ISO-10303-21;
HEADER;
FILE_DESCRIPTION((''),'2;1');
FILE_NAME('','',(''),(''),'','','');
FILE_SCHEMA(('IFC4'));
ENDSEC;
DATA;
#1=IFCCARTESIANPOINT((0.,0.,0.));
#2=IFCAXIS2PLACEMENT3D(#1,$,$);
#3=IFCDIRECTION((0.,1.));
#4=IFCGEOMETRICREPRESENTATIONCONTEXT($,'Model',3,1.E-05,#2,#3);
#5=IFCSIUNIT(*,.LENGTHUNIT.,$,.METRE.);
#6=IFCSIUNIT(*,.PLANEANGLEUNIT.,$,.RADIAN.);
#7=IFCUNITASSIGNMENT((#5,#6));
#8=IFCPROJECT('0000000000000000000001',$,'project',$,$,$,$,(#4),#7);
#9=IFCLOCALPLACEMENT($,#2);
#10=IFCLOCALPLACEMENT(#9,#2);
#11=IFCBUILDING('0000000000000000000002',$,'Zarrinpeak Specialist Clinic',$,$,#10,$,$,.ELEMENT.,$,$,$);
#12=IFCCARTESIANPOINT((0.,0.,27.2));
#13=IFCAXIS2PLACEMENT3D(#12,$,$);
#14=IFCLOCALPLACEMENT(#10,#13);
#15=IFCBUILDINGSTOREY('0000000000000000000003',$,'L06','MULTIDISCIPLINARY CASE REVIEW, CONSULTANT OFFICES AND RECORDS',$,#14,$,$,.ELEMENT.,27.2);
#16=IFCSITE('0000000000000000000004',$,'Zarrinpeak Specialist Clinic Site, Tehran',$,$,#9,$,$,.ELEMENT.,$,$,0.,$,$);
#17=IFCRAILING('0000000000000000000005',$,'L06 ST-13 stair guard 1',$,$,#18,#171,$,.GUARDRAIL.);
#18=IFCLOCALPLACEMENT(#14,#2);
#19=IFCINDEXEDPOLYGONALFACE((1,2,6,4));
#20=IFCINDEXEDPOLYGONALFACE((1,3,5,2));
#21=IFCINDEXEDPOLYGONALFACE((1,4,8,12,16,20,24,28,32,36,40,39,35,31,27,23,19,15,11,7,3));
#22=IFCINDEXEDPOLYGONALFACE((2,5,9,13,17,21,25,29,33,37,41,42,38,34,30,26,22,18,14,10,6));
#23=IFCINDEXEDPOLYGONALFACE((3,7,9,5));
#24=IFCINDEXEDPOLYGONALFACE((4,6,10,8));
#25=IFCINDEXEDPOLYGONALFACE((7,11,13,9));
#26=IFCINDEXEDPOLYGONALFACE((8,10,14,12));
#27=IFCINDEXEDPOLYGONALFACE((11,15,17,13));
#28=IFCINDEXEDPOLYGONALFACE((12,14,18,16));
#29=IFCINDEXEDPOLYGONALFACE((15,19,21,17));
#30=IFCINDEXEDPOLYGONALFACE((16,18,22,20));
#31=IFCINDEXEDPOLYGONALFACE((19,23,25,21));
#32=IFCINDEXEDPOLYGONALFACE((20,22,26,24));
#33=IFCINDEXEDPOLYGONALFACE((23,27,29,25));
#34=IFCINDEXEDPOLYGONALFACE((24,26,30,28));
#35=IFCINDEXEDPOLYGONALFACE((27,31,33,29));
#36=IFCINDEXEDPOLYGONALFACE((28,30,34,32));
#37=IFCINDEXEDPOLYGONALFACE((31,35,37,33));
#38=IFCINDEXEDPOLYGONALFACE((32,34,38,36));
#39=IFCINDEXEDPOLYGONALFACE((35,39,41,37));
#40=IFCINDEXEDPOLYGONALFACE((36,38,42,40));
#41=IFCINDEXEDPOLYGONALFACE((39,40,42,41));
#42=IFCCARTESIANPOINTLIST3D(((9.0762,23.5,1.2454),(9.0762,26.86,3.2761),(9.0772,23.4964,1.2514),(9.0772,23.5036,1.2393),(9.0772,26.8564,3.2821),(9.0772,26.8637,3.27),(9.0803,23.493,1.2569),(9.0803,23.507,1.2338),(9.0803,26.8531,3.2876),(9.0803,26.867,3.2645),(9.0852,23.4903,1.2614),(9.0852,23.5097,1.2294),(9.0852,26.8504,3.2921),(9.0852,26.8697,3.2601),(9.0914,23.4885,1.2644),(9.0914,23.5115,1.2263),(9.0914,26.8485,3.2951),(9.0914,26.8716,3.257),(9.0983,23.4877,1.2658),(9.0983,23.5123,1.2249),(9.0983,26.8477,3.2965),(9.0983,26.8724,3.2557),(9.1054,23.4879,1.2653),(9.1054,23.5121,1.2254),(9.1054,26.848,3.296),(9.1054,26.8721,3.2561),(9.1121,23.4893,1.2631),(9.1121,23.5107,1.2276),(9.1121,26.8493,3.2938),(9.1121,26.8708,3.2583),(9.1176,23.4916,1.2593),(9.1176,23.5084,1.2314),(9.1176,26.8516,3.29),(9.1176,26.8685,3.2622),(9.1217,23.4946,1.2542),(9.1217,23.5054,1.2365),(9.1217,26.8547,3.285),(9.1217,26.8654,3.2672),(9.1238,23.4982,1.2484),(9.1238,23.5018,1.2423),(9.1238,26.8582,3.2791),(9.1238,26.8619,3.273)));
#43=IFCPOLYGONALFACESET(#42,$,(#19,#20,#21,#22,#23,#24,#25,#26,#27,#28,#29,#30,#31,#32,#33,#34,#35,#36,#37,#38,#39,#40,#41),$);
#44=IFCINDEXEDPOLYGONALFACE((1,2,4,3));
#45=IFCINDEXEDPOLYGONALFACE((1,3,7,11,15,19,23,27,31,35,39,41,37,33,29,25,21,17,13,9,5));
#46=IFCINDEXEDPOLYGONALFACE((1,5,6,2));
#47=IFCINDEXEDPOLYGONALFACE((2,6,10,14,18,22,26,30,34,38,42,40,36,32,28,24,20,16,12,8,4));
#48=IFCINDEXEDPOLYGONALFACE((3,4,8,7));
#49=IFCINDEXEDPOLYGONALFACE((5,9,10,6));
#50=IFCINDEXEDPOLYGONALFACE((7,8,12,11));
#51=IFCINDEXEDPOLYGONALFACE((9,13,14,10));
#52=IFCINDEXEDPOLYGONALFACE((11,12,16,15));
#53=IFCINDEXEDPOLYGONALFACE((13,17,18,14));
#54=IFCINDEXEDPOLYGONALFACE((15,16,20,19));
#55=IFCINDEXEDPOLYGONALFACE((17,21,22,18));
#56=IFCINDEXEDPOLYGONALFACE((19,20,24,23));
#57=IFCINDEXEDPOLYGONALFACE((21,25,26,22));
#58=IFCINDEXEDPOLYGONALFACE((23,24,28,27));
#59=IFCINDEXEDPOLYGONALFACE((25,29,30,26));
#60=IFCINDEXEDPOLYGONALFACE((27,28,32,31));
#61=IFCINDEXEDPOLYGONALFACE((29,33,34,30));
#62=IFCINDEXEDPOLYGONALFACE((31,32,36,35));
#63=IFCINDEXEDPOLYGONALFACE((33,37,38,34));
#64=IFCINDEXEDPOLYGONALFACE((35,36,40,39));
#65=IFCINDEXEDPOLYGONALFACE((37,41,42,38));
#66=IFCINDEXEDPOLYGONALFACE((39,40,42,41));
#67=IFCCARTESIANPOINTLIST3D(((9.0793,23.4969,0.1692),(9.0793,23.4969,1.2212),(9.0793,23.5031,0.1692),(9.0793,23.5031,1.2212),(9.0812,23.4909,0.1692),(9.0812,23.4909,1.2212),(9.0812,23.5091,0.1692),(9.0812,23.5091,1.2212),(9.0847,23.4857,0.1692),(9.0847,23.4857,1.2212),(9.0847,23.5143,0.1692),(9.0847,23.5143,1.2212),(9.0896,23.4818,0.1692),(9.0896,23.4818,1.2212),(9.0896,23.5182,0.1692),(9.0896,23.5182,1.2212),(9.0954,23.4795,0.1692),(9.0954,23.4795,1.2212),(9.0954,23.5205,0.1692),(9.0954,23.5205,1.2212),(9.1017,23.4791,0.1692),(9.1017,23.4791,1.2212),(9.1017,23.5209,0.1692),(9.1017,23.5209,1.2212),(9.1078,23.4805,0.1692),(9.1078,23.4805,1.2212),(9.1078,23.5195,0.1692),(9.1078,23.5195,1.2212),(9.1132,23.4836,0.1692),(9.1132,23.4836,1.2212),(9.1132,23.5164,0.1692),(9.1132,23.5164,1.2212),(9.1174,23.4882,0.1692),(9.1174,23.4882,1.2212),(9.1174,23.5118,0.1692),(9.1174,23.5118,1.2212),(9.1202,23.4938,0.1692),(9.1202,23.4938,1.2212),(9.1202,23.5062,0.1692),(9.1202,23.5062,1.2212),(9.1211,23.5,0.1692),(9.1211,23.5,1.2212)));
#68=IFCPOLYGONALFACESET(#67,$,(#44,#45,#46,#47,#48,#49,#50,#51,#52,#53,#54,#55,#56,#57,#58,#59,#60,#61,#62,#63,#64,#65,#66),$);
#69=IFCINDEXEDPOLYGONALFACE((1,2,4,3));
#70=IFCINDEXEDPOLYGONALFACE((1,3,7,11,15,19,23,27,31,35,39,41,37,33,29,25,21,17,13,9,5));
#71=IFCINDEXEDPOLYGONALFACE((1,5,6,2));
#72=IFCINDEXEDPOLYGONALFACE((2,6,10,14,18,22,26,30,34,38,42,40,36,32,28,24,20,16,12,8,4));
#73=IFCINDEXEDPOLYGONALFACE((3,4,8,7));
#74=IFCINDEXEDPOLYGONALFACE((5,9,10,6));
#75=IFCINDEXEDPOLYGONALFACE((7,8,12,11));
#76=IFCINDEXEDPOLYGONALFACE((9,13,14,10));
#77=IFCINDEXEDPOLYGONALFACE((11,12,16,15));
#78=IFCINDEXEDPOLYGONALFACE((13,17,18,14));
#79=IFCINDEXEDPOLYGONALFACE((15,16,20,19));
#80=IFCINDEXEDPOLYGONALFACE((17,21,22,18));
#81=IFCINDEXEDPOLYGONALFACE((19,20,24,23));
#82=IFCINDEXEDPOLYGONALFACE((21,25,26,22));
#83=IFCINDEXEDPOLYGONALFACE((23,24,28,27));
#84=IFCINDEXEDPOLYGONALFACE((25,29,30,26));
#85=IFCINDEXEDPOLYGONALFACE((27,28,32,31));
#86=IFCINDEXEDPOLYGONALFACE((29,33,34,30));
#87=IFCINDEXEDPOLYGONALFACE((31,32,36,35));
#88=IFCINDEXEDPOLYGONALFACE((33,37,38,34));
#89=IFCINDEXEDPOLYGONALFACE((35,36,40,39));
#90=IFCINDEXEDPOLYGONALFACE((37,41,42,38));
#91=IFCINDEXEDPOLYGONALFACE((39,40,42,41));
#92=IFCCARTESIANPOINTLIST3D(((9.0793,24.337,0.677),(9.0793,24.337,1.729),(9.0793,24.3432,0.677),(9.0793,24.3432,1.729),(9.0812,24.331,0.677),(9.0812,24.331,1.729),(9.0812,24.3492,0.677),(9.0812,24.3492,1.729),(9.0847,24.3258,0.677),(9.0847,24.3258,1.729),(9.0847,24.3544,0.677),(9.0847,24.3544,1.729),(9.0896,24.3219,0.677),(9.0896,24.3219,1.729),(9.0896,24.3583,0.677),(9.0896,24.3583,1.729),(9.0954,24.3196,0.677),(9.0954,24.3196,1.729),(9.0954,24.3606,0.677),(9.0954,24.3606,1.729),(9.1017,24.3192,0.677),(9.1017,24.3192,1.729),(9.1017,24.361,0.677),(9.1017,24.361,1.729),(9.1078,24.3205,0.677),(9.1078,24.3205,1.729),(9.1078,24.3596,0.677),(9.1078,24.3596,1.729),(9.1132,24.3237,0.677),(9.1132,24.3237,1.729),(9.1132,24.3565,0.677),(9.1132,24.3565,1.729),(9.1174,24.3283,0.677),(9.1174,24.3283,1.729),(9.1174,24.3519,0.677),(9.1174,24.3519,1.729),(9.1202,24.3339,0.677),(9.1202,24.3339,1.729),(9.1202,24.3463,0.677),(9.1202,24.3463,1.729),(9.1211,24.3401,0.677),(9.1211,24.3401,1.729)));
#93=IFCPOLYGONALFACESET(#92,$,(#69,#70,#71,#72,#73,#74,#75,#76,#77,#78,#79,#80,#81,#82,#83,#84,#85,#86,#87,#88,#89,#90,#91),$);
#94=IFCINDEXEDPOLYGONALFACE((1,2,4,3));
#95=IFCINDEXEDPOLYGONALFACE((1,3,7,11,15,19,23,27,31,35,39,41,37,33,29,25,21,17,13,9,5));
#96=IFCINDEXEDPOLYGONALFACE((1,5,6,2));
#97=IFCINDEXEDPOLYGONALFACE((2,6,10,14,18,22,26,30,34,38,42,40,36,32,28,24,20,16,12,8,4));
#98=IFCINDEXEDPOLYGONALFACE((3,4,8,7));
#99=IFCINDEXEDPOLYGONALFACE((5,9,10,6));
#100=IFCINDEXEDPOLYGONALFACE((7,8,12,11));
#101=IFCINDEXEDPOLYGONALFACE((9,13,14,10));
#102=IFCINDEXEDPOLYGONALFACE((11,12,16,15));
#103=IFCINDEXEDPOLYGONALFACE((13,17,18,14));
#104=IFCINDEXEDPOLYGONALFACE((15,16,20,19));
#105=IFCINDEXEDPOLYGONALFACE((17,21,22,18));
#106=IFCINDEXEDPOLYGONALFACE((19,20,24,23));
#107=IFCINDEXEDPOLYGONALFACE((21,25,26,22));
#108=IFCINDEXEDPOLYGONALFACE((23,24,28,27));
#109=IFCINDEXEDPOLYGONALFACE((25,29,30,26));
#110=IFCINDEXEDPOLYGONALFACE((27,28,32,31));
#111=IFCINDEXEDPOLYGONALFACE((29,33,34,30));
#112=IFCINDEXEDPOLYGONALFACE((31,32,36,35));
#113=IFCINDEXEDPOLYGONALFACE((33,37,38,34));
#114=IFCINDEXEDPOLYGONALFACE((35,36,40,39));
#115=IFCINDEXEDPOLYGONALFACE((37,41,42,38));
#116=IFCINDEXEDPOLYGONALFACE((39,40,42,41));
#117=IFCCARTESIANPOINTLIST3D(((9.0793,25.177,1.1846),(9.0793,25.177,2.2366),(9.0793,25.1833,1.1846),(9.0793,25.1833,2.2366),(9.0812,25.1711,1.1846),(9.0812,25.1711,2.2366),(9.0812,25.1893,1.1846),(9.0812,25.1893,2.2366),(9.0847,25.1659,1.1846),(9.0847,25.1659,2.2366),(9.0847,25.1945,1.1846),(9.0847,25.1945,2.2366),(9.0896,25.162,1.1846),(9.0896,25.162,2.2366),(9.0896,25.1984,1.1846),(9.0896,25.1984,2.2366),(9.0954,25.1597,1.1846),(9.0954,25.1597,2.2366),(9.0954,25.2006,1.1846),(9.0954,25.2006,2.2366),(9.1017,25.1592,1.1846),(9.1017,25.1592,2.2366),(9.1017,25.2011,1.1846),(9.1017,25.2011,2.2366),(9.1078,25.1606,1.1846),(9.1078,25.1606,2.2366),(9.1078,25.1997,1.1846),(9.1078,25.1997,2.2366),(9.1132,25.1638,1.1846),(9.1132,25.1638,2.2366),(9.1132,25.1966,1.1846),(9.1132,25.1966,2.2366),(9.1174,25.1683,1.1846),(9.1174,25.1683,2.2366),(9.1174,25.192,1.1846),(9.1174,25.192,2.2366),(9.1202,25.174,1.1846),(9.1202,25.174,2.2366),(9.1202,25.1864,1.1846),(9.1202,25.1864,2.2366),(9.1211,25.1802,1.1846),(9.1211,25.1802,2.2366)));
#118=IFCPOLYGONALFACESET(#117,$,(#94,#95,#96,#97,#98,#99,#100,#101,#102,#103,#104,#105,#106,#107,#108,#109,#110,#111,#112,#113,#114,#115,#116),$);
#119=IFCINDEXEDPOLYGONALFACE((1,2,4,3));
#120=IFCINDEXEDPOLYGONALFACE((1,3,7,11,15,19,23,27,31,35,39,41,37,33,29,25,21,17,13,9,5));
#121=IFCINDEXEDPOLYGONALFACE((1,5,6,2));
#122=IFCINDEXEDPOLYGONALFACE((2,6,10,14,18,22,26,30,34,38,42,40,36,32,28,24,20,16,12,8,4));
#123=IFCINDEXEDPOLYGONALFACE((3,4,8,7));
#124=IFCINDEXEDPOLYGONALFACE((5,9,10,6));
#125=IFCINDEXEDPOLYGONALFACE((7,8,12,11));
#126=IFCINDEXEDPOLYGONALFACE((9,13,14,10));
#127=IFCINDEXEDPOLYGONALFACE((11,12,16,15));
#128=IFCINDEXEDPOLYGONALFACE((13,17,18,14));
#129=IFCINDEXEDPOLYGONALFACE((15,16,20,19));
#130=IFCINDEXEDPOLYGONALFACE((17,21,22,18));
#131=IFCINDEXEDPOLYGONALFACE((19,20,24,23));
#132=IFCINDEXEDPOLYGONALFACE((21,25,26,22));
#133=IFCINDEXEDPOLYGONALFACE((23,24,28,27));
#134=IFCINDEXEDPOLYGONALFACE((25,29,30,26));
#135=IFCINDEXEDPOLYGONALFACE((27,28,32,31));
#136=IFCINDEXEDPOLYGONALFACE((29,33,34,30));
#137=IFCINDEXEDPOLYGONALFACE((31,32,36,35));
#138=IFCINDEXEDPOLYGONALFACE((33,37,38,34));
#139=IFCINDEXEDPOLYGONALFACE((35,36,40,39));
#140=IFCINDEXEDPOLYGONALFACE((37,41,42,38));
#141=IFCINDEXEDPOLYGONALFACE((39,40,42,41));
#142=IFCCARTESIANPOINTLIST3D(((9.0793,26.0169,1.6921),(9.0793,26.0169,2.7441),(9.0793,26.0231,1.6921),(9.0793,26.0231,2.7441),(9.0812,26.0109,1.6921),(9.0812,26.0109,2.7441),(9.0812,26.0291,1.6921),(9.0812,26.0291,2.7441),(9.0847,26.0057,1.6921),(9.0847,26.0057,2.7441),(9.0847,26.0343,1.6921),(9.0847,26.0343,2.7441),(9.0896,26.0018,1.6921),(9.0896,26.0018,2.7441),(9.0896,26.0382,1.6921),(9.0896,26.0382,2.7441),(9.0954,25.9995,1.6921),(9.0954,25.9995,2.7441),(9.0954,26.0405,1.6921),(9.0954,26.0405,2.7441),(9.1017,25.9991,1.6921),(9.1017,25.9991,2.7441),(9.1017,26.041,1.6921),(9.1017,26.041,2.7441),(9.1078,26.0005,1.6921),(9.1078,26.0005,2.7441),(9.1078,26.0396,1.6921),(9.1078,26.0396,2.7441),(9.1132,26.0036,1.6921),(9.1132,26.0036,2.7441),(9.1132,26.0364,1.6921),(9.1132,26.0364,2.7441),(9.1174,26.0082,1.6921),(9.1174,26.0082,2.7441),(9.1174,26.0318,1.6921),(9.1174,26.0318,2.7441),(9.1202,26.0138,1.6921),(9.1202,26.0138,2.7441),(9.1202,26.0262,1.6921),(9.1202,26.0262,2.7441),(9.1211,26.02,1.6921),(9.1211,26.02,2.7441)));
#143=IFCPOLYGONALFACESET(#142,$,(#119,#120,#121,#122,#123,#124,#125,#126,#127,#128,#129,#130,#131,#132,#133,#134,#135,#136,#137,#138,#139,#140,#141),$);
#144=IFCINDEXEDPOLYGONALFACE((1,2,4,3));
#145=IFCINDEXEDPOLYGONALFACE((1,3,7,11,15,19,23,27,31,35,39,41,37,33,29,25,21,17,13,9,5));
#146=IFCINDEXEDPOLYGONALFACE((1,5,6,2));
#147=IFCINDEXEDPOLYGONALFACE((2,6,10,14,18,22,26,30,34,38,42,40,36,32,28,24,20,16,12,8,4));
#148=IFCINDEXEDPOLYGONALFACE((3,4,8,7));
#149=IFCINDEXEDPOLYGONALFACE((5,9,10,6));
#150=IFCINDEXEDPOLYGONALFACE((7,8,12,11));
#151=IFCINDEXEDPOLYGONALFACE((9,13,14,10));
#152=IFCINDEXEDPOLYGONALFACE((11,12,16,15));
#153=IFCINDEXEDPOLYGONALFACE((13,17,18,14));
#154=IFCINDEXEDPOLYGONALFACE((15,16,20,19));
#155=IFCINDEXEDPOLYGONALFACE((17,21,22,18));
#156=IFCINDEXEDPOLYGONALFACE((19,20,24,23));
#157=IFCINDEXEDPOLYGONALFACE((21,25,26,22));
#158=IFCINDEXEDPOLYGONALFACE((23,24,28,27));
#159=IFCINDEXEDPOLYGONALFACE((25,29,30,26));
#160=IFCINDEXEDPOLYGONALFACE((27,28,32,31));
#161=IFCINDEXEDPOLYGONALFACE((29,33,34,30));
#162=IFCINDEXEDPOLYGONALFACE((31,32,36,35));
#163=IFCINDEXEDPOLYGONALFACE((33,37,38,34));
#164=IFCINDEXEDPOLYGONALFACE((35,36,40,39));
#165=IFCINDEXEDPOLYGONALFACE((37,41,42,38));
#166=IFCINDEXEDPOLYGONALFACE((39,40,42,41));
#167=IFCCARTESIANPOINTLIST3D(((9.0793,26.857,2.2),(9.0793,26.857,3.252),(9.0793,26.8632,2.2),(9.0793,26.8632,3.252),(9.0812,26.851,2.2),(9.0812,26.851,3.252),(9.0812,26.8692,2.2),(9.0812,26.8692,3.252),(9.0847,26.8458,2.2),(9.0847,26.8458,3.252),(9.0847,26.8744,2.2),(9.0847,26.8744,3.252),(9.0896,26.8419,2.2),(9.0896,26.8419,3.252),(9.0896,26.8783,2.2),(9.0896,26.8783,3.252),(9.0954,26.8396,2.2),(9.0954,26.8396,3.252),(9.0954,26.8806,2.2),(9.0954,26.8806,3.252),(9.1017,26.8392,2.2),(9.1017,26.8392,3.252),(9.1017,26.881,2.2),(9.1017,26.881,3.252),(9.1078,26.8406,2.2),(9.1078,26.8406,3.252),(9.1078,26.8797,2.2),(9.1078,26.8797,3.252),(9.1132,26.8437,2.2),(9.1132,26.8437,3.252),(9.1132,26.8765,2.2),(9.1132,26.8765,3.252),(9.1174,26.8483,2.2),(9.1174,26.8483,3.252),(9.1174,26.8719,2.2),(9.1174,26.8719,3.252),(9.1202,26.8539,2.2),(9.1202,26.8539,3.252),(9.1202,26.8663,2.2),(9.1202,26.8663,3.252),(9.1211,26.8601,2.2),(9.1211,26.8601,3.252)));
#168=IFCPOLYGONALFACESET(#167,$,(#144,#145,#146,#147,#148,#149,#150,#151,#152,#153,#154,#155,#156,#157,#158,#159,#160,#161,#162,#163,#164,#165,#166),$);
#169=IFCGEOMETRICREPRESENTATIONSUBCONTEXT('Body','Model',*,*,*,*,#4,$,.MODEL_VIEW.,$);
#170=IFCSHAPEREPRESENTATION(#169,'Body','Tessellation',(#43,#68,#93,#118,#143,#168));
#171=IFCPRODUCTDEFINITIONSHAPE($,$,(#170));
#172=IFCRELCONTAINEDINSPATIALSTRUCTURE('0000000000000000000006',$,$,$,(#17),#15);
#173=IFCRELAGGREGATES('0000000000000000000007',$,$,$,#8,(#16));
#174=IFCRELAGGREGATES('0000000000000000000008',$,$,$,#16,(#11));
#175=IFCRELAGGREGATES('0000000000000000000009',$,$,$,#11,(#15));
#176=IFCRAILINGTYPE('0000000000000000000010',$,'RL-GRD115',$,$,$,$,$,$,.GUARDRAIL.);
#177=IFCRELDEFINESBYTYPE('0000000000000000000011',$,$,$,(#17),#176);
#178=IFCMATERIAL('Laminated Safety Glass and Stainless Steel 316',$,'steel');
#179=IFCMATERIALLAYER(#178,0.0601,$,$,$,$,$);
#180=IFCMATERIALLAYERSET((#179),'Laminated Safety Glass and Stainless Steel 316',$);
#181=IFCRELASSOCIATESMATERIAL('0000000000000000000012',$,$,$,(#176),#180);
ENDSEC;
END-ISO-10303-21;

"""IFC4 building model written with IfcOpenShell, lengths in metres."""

from ifc_helpers import new_model, si_unit, direction, frame, origin, origin_2d, place, context, subcontext, project, spatial, circle, extrude, material, layer, layer_set, type_object, element, save


model = new_model("IFC4")

# Units and contexts
model_context = context("Model", 3, precision=1e-05, world=origin(), true_north=direction((0.0, 1.0)))
body_context = subcontext(model_context, "Body", "Model", "MODEL_VIEW")
ifc_project = project(units=[si_unit("LENGTHUNIT", "METRE"), si_unit("PLANEANGLEUNIT", "RADIAN")], contexts=[model_context])

# Site, building, storey
site_placement = place(None, origin())
site = spatial("IfcSite", under=ifc_project, at=site_placement, Name="Zarrinpeak Specialist Clinic Site, Tehran", CompositionType="ELEMENT", RefElevation=0.0)
building_placement = place(site_placement, origin())
building = spatial("IfcBuilding", under=site, at=building_placement, Name="Zarrinpeak Specialist Clinic", CompositionType="ELEMENT")
storey_placement = place(building_placement, frame((0.0, 0.0, 27.2)))
storey = spatial("IfcBuildingStorey", under=building, at=storey_placement, Name="L06", Description="MULTIDISCIPLINARY CASE REVIEW, CONSULTANT OFFICES AND RECORDS", CompositionType="ELEMENT", Elevation=27.2)

# Railing
ifc_material_1 = material(Name="Laminated Safety Glass and Stainless Steel 316", Category="steel")
ifc_layer_1 = layer(ifc_material_1, 0.0601)
ifc_layer_set_1 = layer_set([ifc_layer_1], Name="Laminated Safety Glass and Stainless Steel 316")
railing_type_1 = type_object("IfcRailingType", Name="RL-GRD115", PredefinedType="GUARDRAIL", material=ifc_layer_set_1)
railing_1_placement = place(storey_placement, frame((9.1001, 23.5, 0.1692)))
element("IfcRailing", 1, at=railing_1_placement, inside=storey, type_object=railing_type_1, Name="L06 ST-13 stair guard 1", PredefinedType="GUARDRAIL", context=body_context, shape_type="SweptSolid", body=[
    extrude(circle(Radius=0.0239, at=origin_2d()), frame((0.0, 0.0, 1.0762), z_axis=(0.0, 0.855837, 0.517246), x_axis=(-1.0, 0.0, 0.0)), (0.0, 0.0, 1.0), 3.926),
    extrude(circle(Radius=0.021, at=origin_2d()), origin(), (0.0, 0.0, 1.0), 1.052),
    extrude(circle(Radius=0.021, at=origin_2d()), frame((0.0, 0.8401, 0.5078)), (0.0, 0.0, 1.0), 1.052),
    extrude(circle(Radius=0.021, at=origin_2d()), frame((0.0, 1.6802, 1.0154)), (0.0, 0.0, 1.0), 1.052),
    extrude(circle(Radius=0.021, at=origin_2d()), frame((0.0, 2.52, 1.5229)), (0.0, 0.0, 1.0), 1.052),
    extrude(circle(Radius=0.021, at=origin_2d()), frame((0.0, 3.3601, 2.0308)), (0.0, 0.0, 1.0), 1.052),
])

save(model, "model.ifc")
